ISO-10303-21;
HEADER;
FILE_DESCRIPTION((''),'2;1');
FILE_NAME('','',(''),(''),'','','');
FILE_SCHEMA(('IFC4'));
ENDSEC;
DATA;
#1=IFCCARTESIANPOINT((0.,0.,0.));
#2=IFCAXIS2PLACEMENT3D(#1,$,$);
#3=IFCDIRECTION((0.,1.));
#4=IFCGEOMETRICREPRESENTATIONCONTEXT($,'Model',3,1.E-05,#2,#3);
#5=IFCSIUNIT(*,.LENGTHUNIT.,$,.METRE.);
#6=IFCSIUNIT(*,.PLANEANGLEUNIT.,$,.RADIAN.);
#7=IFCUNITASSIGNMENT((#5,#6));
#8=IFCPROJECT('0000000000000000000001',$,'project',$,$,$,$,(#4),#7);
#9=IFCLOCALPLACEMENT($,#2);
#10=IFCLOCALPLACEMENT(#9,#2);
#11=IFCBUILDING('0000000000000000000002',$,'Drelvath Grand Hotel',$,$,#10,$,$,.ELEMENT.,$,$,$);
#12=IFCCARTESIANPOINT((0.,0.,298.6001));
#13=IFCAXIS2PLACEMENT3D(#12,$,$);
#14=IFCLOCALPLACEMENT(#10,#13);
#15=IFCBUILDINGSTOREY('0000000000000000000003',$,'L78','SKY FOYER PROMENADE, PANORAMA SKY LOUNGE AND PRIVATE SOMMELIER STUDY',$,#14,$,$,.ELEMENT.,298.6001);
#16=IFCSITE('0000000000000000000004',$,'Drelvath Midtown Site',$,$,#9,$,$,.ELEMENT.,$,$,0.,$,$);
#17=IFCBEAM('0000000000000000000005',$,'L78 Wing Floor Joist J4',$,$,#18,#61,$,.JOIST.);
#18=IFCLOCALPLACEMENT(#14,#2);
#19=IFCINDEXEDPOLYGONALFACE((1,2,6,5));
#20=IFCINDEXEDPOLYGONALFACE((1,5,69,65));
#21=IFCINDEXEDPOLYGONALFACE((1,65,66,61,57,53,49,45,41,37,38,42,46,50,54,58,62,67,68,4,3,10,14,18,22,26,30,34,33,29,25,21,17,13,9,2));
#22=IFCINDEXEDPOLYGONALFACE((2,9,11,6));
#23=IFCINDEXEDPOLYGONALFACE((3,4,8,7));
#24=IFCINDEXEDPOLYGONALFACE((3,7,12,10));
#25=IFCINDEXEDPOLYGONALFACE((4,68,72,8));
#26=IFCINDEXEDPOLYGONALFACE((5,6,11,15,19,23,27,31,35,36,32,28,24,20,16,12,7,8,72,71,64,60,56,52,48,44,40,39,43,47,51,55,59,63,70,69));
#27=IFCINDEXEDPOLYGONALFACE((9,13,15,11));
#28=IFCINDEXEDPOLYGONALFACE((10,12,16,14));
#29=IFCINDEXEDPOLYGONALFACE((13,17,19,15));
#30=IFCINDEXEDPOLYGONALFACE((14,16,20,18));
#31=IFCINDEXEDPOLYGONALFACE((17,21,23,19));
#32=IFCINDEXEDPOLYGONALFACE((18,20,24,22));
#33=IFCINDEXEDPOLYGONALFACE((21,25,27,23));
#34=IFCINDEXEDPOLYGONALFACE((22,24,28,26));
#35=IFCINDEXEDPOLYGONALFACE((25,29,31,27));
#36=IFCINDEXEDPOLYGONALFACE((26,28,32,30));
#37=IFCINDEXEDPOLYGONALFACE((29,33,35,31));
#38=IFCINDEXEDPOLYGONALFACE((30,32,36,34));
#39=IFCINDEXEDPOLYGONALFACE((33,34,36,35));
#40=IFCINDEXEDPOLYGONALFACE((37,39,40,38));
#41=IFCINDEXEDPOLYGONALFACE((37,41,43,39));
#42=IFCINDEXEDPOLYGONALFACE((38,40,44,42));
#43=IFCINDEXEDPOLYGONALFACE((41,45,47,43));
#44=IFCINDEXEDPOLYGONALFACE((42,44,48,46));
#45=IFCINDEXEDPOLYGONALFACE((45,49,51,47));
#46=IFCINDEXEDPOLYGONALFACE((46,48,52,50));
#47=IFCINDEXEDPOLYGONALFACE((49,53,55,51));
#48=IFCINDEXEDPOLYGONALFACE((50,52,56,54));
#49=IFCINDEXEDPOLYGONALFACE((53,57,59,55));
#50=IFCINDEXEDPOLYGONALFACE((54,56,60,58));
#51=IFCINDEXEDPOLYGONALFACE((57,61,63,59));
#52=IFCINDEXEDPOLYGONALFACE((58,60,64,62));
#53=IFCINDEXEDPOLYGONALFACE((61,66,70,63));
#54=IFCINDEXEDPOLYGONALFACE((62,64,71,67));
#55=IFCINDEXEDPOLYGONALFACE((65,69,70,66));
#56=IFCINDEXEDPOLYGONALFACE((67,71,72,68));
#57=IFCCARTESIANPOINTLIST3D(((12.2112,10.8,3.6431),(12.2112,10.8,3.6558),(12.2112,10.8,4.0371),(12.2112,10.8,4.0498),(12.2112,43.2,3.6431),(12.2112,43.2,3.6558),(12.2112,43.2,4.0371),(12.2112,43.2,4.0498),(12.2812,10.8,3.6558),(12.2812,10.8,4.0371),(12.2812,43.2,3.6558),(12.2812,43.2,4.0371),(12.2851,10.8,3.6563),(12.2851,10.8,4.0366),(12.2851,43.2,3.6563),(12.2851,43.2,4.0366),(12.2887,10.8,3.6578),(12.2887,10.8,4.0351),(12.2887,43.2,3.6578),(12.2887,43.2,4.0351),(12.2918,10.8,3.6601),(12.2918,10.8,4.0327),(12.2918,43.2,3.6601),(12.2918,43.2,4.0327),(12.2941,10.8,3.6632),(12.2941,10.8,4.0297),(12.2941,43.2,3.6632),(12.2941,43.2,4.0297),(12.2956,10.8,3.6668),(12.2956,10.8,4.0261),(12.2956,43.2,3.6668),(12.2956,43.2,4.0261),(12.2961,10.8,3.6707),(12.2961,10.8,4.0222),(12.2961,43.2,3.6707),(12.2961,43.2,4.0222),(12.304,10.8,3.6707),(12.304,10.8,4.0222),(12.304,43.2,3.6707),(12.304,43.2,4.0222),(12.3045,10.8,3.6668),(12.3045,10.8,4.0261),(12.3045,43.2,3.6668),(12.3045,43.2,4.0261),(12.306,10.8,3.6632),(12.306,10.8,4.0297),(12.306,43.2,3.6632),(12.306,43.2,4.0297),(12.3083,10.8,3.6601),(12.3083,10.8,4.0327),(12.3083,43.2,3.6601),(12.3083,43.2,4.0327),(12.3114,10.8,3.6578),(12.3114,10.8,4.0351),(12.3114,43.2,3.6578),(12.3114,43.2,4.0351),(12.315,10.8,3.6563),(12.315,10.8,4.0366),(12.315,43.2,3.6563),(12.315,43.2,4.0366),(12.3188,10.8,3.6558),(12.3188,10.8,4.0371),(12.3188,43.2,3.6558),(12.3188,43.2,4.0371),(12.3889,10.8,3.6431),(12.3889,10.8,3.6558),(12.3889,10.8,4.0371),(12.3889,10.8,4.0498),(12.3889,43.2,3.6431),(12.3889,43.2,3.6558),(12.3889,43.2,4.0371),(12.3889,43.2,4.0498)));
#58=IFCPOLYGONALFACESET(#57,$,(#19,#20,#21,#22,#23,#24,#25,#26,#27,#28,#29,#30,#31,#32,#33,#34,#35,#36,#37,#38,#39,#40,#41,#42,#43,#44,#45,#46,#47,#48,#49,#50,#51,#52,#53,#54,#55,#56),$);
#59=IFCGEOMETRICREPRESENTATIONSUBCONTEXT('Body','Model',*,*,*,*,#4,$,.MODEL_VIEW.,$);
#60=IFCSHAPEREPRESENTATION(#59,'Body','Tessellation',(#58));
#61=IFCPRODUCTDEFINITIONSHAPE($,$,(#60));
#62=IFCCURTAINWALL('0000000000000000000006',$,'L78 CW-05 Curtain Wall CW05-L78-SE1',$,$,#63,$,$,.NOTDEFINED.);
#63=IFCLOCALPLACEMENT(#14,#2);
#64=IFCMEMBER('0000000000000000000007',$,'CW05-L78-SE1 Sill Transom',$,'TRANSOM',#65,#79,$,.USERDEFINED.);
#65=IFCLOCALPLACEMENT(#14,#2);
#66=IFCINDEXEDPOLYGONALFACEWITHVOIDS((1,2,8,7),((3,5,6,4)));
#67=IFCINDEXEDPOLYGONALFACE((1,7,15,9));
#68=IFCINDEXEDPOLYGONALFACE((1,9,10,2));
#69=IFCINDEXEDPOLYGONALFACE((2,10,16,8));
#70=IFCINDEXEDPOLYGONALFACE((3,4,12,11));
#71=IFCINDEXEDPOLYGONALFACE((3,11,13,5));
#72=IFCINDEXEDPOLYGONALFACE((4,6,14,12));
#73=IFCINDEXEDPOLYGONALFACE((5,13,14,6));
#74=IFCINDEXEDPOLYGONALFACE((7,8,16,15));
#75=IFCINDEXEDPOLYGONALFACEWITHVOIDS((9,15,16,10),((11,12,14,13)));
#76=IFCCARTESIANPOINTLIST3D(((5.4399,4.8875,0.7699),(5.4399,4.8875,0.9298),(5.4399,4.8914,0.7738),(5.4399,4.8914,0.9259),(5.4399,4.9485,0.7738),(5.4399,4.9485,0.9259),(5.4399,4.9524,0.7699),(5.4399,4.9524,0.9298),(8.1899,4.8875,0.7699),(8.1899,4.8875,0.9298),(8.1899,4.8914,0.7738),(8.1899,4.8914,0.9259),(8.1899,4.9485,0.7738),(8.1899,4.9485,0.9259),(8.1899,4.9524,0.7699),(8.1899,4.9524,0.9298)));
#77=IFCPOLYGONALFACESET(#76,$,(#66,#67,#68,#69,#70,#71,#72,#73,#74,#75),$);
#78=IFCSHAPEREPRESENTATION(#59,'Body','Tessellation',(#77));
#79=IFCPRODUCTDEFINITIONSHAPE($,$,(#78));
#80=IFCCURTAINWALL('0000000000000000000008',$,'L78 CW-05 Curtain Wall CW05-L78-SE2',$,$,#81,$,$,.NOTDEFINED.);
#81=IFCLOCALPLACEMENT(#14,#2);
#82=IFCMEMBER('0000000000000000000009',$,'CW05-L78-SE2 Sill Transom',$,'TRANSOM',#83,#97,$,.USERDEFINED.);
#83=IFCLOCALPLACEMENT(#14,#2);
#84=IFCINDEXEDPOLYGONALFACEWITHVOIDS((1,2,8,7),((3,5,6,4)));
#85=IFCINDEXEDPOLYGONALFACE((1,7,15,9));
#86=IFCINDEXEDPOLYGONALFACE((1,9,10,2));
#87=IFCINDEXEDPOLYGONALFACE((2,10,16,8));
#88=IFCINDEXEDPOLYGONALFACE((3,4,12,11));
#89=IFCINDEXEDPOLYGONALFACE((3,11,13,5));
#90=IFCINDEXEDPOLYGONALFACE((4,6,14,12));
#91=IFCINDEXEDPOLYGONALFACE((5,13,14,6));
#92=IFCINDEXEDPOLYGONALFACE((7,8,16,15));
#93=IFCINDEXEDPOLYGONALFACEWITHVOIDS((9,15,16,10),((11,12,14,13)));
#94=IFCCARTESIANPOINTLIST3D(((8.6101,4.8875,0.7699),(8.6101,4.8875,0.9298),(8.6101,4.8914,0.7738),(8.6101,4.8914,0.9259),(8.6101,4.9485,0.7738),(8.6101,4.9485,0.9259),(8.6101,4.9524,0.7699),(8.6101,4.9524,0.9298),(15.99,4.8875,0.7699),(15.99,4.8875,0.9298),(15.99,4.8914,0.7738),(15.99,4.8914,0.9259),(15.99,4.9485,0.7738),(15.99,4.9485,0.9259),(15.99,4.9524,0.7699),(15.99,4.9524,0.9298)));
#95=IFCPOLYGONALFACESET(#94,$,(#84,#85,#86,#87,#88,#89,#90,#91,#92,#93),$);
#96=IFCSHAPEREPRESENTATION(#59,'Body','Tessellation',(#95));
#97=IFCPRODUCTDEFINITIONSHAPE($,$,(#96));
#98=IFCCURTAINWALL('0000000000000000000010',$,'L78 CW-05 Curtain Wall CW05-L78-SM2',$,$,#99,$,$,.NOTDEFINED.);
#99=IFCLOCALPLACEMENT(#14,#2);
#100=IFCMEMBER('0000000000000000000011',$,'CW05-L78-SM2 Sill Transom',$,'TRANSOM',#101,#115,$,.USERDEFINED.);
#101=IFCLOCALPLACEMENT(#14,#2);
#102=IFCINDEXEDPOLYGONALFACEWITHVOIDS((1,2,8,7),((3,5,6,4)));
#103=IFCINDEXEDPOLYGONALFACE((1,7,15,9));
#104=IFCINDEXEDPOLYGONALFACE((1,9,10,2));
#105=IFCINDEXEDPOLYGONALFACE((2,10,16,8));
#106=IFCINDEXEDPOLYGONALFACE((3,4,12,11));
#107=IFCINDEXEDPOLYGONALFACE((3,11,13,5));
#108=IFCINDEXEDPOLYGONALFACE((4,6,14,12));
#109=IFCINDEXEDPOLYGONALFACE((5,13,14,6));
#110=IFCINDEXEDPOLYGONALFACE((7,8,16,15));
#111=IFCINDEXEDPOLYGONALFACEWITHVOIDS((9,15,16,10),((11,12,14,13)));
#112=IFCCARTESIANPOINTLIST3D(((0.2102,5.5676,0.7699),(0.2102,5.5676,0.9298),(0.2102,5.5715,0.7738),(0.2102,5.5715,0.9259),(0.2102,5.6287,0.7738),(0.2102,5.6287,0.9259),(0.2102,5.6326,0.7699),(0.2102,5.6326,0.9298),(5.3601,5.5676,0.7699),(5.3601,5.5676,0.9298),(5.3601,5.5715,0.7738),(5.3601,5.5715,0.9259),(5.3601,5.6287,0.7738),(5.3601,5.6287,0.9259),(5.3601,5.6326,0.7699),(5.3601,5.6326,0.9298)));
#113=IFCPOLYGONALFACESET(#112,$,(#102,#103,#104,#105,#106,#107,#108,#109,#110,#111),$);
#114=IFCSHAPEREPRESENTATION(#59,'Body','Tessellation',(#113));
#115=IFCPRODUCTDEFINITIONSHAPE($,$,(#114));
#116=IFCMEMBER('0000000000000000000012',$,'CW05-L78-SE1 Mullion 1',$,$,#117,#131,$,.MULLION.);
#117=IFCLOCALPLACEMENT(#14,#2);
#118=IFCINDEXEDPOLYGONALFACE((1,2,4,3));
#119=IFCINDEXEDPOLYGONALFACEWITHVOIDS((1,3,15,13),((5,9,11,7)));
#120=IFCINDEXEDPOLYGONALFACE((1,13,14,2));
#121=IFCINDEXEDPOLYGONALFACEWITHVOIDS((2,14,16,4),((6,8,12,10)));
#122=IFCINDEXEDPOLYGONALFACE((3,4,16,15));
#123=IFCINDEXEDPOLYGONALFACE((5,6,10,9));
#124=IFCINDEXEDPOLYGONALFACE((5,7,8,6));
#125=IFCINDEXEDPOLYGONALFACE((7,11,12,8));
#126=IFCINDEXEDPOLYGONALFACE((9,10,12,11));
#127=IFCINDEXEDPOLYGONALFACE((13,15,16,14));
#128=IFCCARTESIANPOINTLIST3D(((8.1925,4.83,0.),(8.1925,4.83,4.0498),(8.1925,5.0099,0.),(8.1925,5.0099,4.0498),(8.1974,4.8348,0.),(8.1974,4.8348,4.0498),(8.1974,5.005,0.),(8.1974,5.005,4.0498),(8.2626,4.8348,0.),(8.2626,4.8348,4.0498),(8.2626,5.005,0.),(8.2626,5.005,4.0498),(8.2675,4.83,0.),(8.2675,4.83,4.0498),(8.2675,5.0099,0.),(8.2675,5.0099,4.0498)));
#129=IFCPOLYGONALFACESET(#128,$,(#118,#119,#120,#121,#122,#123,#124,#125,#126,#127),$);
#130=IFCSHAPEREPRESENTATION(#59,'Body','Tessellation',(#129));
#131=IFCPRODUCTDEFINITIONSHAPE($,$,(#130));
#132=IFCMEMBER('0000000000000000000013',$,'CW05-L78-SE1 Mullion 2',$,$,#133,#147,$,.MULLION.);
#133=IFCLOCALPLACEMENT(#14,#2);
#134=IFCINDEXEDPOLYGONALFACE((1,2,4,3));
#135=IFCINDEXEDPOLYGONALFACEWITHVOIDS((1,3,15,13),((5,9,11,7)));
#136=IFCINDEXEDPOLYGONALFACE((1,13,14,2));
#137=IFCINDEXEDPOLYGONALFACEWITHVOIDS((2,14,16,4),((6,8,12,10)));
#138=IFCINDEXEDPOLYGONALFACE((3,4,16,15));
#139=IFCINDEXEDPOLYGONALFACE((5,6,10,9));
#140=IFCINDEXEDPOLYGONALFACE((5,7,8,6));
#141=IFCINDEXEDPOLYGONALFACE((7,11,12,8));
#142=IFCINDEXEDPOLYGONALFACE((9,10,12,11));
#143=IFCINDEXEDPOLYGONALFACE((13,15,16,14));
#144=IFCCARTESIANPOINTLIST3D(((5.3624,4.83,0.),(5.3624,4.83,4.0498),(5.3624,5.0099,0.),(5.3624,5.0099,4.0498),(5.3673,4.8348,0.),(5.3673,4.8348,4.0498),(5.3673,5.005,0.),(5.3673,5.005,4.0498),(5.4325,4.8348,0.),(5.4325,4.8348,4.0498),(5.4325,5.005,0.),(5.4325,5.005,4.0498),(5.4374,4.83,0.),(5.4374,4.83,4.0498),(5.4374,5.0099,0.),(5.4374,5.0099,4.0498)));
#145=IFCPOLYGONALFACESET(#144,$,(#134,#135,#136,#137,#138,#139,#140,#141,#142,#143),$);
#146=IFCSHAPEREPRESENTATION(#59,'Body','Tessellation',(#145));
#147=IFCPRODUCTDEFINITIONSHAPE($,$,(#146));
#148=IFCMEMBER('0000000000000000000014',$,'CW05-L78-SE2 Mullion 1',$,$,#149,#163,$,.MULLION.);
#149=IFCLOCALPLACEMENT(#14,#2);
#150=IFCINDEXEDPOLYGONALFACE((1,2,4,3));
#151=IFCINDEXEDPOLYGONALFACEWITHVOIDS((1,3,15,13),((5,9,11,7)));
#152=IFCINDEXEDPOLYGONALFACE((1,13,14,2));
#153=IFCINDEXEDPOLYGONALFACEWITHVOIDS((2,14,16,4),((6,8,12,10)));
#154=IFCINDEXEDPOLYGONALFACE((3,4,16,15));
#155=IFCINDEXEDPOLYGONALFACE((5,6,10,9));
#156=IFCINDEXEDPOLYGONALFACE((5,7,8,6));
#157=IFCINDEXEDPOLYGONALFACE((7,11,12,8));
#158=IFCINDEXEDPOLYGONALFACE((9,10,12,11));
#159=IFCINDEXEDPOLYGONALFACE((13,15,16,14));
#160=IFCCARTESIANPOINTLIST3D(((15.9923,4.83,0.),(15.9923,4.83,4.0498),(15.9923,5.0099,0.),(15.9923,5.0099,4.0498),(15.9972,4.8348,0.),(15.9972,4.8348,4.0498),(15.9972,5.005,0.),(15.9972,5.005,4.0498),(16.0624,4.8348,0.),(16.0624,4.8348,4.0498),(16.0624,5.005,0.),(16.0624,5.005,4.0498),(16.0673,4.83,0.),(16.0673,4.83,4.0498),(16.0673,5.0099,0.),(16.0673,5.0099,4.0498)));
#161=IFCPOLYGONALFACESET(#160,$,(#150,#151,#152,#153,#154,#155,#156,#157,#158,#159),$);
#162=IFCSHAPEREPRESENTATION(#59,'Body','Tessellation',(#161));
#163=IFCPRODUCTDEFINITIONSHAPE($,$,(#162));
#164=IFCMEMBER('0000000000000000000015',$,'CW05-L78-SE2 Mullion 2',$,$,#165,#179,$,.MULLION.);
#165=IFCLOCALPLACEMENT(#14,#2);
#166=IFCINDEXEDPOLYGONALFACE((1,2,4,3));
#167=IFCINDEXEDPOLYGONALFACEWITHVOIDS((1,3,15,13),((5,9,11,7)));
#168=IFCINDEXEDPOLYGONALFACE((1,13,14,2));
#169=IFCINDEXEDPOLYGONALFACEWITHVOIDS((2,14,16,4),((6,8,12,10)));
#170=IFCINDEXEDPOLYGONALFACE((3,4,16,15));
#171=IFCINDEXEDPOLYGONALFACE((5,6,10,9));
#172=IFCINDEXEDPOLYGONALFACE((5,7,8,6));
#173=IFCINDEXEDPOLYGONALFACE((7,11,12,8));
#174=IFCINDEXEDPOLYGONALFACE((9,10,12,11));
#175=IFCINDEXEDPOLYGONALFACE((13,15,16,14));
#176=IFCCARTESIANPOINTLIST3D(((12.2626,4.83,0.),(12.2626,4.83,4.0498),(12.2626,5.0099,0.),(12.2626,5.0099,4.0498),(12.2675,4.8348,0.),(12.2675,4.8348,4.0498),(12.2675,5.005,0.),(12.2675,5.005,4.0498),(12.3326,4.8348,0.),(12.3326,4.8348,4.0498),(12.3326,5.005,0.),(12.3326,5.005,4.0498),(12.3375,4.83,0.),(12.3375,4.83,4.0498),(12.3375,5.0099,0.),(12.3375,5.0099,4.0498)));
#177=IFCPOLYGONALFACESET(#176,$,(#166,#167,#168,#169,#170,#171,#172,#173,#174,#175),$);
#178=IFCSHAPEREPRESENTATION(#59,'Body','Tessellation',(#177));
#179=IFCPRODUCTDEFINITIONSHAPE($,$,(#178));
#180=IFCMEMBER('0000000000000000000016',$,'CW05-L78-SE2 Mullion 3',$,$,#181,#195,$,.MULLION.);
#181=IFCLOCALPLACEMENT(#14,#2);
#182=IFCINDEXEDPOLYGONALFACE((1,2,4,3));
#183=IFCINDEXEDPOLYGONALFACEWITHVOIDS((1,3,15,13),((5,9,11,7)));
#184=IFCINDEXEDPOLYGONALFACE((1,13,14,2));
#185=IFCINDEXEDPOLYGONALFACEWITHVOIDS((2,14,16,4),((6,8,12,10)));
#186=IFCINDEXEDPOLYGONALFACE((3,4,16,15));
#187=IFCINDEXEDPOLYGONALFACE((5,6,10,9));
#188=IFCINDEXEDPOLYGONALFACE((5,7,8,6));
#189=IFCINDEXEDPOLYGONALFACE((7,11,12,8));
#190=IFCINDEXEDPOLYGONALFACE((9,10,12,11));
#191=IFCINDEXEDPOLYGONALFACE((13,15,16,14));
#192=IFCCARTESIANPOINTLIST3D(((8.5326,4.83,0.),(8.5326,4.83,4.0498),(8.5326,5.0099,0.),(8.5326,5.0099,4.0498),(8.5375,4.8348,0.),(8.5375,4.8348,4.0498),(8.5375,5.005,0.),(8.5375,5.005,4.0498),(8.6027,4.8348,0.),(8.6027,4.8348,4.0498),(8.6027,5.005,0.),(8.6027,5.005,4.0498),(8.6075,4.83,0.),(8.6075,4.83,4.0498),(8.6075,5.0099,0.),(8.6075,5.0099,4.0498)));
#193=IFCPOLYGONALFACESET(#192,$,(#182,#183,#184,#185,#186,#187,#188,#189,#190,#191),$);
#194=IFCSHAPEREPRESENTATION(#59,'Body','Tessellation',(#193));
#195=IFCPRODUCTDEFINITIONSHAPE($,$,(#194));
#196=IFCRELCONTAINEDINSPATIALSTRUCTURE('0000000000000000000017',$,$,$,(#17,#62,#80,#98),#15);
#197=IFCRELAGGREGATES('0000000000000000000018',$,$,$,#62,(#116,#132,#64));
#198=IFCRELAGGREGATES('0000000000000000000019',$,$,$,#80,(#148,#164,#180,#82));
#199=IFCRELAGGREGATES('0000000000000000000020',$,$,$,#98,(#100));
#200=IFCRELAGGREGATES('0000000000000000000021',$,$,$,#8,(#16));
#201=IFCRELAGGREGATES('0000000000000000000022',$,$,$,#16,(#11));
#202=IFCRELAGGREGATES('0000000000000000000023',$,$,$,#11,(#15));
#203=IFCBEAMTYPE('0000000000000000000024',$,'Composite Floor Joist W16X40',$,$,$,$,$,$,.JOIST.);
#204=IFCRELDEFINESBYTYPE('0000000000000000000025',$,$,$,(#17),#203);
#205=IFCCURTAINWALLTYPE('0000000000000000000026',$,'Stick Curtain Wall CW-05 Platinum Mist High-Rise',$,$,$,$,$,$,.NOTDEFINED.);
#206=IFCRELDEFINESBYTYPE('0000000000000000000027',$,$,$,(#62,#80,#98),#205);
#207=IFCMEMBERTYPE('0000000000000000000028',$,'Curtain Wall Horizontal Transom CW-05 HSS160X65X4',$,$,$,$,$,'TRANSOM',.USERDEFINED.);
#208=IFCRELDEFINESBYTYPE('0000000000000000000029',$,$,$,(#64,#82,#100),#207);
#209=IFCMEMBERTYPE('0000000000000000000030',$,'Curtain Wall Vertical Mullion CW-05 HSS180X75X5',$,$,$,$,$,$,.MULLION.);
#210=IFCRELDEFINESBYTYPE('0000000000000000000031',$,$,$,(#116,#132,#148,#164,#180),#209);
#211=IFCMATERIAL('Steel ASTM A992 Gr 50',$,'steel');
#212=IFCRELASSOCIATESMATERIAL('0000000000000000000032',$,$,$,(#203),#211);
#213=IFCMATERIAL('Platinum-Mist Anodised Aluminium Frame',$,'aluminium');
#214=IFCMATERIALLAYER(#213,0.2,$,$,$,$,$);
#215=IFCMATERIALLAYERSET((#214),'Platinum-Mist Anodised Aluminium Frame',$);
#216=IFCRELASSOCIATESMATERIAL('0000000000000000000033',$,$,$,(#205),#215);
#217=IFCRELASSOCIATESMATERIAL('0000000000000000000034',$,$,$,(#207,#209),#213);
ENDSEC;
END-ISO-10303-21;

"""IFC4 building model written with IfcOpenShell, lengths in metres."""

from ifc_helpers import new_model, si_unit, direction, frame, origin, origin_2d, place, context, subcontext, project, spatial, hollow_rectangle, i_section, extrude, material, layer, layer_set, material_profile, profile_set, type_object, element, aggregate, save


model = new_model("IFC4")

# Units and contexts
model_context = context("Model", 3, precision=1e-05, world=origin(), true_north=direction((0.0, 1.0)))
body_context = subcontext(model_context, "Body", "Model", "MODEL_VIEW")
ifc_project = project(units=[si_unit("LENGTHUNIT", "METRE"), si_unit("PLANEANGLEUNIT", "RADIAN")], contexts=[model_context])

# Site, building, storey
site_placement = place(None, origin())
site = spatial("IfcSite", under=ifc_project, at=site_placement, Name="Drelvath Midtown Site", CompositionType="ELEMENT", RefElevation=0.0)
building_placement = place(site_placement, origin())
building = spatial("IfcBuilding", under=site, at=building_placement, Name="Drelvath Grand Hotel", CompositionType="ELEMENT")
storey_placement = place(building_placement, frame((0.0, 0.0, 298.6001)))
storey = spatial("IfcBuildingStorey", under=building, at=storey_placement, Name="L78", Description="SKY FOYER PROMENADE, PANORAMA SKY LOUNGE AND PRIVATE SOMMELIER STUDY", CompositionType="ELEMENT", Elevation=298.6001)

# Beam
ifc_material_1 = material(Name="Steel ASTM A992 Gr 50", Category="steel")
ifc_material_profile_1 = material_profile(ifc_material_1, i_section(OverallWidth=0.1777, OverallDepth=0.4067, WebThickness=0.0078, FlangeThickness=0.0127, FilletRadius=0.0149, at=origin_2d()), Name="W16X40")
ifc_profile_set_1 = profile_set([ifc_material_profile_1], Name="Steel ASTM A992 Gr 50")
beam_type_1 = type_object("IfcBeamType", Name="Composite Floor Joist W16X40", PredefinedType="JOIST", material=ifc_profile_set_1)
beam_1_placement = place(storey_placement, frame((12.3, 10.8, 3.8464), z_axis=(0.0, 1.0, 0.0), x_axis=(-1.0, 0.0, 0.0)))
element("IfcBeam", 1, at=beam_1_placement, inside=storey, type_object=beam_type_1, Name="L78 Wing Floor Joist J4", PredefinedType="JOIST", context=body_context, shape_type="SweptSolid", body=[
    extrude(i_section(OverallWidth=0.1777, OverallDepth=0.4067, WebThickness=0.0078, FlangeThickness=0.0127, FilletRadius=0.0149, at=origin_2d()), origin(), (0.0, 0.0, 1.0), 32.3999),
])

# Curtain walls, members
ifc_material_2 = material(Name="Platinum-Mist Anodised Aluminium Frame", Category="aluminium")
ifc_layer_1 = layer(ifc_material_2, 0.2)
ifc_layer_set_1 = layer_set([ifc_layer_1], Name="Platinum-Mist Anodised Aluminium Frame")
curtain_wall_type = type_object("IfcCurtainWallType", Name="Stick Curtain Wall CW-05 Platinum Mist High-Rise", PredefinedType="NOTDEFINED", material=ifc_layer_set_1)
curtain_wall_1_placement = place(storey_placement, origin())
curtain_wall_1 = element("IfcCurtainWall", 2, at=curtain_wall_1_placement, inside=storey, type_object=curtain_wall_type, Name="L78 CW-05 Curtain Wall CW05-L78-SE1", PredefinedType="NOTDEFINED")
ifc_material_profile_2 = material_profile(ifc_material_2, hollow_rectangle(XDim=0.0649, YDim=0.1599, WallThickness=0.0039, at=origin_2d()), Name="HSS160X65X4")
ifc_profile_set_2 = profile_set([ifc_material_profile_2], Name="Platinum-Mist Anodised Aluminium Frame")
member_type_1 = type_object("IfcMemberType", Name="Curtain Wall Horizontal Transom CW-05 HSS160X65X4", ElementType="TRANSOM", PredefinedType="USERDEFINED", material=ifc_profile_set_2)
member_1_placement = place(storey_placement, frame((8.1899, 4.9199, 0.8499), z_axis=(-1.0, 0.0, 0.0), x_axis=(0.0, -1.0, 0.0)))
member_1 = element("IfcMember", 3, at=member_1_placement, type_object=member_type_1, Name="CW05-L78-SE1 Sill Transom", ObjectType="TRANSOM", PredefinedType="USERDEFINED", context=body_context, shape_type="SweptSolid", body=[
    extrude(hollow_rectangle(XDim=0.0649, YDim=0.1599, WallThickness=0.0039, at=origin_2d()), origin(), (0.0, 0.0, 1.0), 2.75),
])
curtain_wall_2_placement = place(storey_placement, origin())
curtain_wall_2 = element("IfcCurtainWall", 4, at=curtain_wall_2_placement, inside=storey, type_object=curtain_wall_type, Name="L78 CW-05 Curtain Wall CW05-L78-SE2", PredefinedType="NOTDEFINED")
member_2_placement = place(storey_placement, frame((15.99, 4.9199, 0.8499), z_axis=(-1.0, 0.0, 0.0), x_axis=(0.0, -1.0, 0.0)))
member_2 = element("IfcMember", 5, at=member_2_placement, type_object=member_type_1, Name="CW05-L78-SE2 Sill Transom", ObjectType="TRANSOM", PredefinedType="USERDEFINED", context=body_context, shape_type="SweptSolid", body=[
    extrude(hollow_rectangle(XDim=0.0649, YDim=0.1599, WallThickness=0.0039, at=origin_2d()), origin(), (0.0, 0.0, 1.0), 7.3799),
])
curtain_wall_3_placement = place(storey_placement, origin())
curtain_wall_3 = element("IfcCurtainWall", 6, at=curtain_wall_3_placement, inside=storey, type_object=curtain_wall_type, Name="L78 CW-05 Curtain Wall CW05-L78-SM2", PredefinedType="NOTDEFINED")
member_3_placement = place(storey_placement, frame((5.3601, 5.6001, 0.8499), z_axis=(-1.0, 0.0, 0.0), x_axis=(0.0, -1.0, 0.0)))
member_3 = element("IfcMember", 7, at=member_3_placement, type_object=member_type_1, Name="CW05-L78-SM2 Sill Transom", ObjectType="TRANSOM", PredefinedType="USERDEFINED", context=body_context, shape_type="SweptSolid", body=[
    extrude(hollow_rectangle(XDim=0.0649, YDim=0.1599, WallThickness=0.0039, at=origin_2d()), origin(), (0.0, 0.0, 1.0), 5.1499),
])

# Members
ifc_material_profile_3 = material_profile(ifc_material_2, hollow_rectangle(XDim=0.075, YDim=0.1799, WallThickness=0.0049, at=origin_2d()), Name="HSS180X75X5")
ifc_profile_set_3 = profile_set([ifc_material_profile_3], Name="Platinum-Mist Anodised Aluminium Frame")
member_type_2 = type_object("IfcMemberType", Name="Curtain Wall Vertical Mullion CW-05 HSS180X75X5", PredefinedType="MULLION", material=ifc_profile_set_3)
member_4_placement = place(storey_placement, frame((8.23, 4.9199, 0.0), z_axis=(0.0, 0.0, 1.0), x_axis=(1.0, 0.0, 0.0)))
member_4 = element("IfcMember", 8, at=member_4_placement, type_object=member_type_2, Name="CW05-L78-SE1 Mullion 1", PredefinedType="MULLION", context=body_context, shape_type="SweptSolid", body=[
    extrude(hollow_rectangle(XDim=0.075, YDim=0.1799, WallThickness=0.0049, at=origin_2d()), origin(), (0.0, 0.0, 1.0), 4.0498),
])
member_5_placement = place(storey_placement, frame((5.3999, 4.9199, 0.0), z_axis=(0.0, 0.0, 1.0), x_axis=(1.0, 0.0, 0.0)))
member_5 = element("IfcMember", 9, at=member_5_placement, type_object=member_type_2, Name="CW05-L78-SE1 Mullion 2", PredefinedType="MULLION", context=body_context, shape_type="SweptSolid", body=[
    extrude(hollow_rectangle(XDim=0.075, YDim=0.1799, WallThickness=0.0049, at=origin_2d()), origin(), (0.0, 0.0, 1.0), 4.0498),
])
member_6_placement = place(storey_placement, frame((16.0298, 4.9199, 0.0), z_axis=(0.0, 0.0, 1.0), x_axis=(1.0, 0.0, 0.0)))
member_6 = element("IfcMember", 10, at=member_6_placement, type_object=member_type_2, Name="CW05-L78-SE2 Mullion 1", PredefinedType="MULLION", context=body_context, shape_type="SweptSolid", body=[
    extrude(hollow_rectangle(XDim=0.075, YDim=0.1799, WallThickness=0.0049, at=origin_2d()), origin(), (0.0, 0.0, 1.0), 4.0498),
])
member_7_placement = place(storey_placement, frame((12.3, 4.9199, 0.0), z_axis=(0.0, 0.0, 1.0), x_axis=(1.0, 0.0, 0.0)))
member_7 = element("IfcMember", 11, at=member_7_placement, type_object=member_type_2, Name="CW05-L78-SE2 Mullion 2", PredefinedType="MULLION", context=body_context, shape_type="SweptSolid", body=[
    extrude(hollow_rectangle(XDim=0.075, YDim=0.1799, WallThickness=0.0049, at=origin_2d()), origin(), (0.0, 0.0, 1.0), 4.0498),
])
member_8_placement = place(storey_placement, frame((8.5701, 4.9199, 0.0), z_axis=(0.0, 0.0, 1.0), x_axis=(1.0, 0.0, 0.0)))
member_8 = element("IfcMember", 12, at=member_8_placement, type_object=member_type_2, Name="CW05-L78-SE2 Mullion 3", PredefinedType="MULLION", context=body_context, shape_type="SweptSolid", body=[
    extrude(hollow_rectangle(XDim=0.075, YDim=0.1799, WallThickness=0.0049, at=origin_2d()), origin(), (0.0, 0.0, 1.0), 4.0498),
])

aggregate(curtain_wall_1, [member_4, member_5, member_1])
aggregate(curtain_wall_2, [member_6, member_7, member_8, member_2])
aggregate(curtain_wall_3, [member_3])

save(model, "model.ifc")
